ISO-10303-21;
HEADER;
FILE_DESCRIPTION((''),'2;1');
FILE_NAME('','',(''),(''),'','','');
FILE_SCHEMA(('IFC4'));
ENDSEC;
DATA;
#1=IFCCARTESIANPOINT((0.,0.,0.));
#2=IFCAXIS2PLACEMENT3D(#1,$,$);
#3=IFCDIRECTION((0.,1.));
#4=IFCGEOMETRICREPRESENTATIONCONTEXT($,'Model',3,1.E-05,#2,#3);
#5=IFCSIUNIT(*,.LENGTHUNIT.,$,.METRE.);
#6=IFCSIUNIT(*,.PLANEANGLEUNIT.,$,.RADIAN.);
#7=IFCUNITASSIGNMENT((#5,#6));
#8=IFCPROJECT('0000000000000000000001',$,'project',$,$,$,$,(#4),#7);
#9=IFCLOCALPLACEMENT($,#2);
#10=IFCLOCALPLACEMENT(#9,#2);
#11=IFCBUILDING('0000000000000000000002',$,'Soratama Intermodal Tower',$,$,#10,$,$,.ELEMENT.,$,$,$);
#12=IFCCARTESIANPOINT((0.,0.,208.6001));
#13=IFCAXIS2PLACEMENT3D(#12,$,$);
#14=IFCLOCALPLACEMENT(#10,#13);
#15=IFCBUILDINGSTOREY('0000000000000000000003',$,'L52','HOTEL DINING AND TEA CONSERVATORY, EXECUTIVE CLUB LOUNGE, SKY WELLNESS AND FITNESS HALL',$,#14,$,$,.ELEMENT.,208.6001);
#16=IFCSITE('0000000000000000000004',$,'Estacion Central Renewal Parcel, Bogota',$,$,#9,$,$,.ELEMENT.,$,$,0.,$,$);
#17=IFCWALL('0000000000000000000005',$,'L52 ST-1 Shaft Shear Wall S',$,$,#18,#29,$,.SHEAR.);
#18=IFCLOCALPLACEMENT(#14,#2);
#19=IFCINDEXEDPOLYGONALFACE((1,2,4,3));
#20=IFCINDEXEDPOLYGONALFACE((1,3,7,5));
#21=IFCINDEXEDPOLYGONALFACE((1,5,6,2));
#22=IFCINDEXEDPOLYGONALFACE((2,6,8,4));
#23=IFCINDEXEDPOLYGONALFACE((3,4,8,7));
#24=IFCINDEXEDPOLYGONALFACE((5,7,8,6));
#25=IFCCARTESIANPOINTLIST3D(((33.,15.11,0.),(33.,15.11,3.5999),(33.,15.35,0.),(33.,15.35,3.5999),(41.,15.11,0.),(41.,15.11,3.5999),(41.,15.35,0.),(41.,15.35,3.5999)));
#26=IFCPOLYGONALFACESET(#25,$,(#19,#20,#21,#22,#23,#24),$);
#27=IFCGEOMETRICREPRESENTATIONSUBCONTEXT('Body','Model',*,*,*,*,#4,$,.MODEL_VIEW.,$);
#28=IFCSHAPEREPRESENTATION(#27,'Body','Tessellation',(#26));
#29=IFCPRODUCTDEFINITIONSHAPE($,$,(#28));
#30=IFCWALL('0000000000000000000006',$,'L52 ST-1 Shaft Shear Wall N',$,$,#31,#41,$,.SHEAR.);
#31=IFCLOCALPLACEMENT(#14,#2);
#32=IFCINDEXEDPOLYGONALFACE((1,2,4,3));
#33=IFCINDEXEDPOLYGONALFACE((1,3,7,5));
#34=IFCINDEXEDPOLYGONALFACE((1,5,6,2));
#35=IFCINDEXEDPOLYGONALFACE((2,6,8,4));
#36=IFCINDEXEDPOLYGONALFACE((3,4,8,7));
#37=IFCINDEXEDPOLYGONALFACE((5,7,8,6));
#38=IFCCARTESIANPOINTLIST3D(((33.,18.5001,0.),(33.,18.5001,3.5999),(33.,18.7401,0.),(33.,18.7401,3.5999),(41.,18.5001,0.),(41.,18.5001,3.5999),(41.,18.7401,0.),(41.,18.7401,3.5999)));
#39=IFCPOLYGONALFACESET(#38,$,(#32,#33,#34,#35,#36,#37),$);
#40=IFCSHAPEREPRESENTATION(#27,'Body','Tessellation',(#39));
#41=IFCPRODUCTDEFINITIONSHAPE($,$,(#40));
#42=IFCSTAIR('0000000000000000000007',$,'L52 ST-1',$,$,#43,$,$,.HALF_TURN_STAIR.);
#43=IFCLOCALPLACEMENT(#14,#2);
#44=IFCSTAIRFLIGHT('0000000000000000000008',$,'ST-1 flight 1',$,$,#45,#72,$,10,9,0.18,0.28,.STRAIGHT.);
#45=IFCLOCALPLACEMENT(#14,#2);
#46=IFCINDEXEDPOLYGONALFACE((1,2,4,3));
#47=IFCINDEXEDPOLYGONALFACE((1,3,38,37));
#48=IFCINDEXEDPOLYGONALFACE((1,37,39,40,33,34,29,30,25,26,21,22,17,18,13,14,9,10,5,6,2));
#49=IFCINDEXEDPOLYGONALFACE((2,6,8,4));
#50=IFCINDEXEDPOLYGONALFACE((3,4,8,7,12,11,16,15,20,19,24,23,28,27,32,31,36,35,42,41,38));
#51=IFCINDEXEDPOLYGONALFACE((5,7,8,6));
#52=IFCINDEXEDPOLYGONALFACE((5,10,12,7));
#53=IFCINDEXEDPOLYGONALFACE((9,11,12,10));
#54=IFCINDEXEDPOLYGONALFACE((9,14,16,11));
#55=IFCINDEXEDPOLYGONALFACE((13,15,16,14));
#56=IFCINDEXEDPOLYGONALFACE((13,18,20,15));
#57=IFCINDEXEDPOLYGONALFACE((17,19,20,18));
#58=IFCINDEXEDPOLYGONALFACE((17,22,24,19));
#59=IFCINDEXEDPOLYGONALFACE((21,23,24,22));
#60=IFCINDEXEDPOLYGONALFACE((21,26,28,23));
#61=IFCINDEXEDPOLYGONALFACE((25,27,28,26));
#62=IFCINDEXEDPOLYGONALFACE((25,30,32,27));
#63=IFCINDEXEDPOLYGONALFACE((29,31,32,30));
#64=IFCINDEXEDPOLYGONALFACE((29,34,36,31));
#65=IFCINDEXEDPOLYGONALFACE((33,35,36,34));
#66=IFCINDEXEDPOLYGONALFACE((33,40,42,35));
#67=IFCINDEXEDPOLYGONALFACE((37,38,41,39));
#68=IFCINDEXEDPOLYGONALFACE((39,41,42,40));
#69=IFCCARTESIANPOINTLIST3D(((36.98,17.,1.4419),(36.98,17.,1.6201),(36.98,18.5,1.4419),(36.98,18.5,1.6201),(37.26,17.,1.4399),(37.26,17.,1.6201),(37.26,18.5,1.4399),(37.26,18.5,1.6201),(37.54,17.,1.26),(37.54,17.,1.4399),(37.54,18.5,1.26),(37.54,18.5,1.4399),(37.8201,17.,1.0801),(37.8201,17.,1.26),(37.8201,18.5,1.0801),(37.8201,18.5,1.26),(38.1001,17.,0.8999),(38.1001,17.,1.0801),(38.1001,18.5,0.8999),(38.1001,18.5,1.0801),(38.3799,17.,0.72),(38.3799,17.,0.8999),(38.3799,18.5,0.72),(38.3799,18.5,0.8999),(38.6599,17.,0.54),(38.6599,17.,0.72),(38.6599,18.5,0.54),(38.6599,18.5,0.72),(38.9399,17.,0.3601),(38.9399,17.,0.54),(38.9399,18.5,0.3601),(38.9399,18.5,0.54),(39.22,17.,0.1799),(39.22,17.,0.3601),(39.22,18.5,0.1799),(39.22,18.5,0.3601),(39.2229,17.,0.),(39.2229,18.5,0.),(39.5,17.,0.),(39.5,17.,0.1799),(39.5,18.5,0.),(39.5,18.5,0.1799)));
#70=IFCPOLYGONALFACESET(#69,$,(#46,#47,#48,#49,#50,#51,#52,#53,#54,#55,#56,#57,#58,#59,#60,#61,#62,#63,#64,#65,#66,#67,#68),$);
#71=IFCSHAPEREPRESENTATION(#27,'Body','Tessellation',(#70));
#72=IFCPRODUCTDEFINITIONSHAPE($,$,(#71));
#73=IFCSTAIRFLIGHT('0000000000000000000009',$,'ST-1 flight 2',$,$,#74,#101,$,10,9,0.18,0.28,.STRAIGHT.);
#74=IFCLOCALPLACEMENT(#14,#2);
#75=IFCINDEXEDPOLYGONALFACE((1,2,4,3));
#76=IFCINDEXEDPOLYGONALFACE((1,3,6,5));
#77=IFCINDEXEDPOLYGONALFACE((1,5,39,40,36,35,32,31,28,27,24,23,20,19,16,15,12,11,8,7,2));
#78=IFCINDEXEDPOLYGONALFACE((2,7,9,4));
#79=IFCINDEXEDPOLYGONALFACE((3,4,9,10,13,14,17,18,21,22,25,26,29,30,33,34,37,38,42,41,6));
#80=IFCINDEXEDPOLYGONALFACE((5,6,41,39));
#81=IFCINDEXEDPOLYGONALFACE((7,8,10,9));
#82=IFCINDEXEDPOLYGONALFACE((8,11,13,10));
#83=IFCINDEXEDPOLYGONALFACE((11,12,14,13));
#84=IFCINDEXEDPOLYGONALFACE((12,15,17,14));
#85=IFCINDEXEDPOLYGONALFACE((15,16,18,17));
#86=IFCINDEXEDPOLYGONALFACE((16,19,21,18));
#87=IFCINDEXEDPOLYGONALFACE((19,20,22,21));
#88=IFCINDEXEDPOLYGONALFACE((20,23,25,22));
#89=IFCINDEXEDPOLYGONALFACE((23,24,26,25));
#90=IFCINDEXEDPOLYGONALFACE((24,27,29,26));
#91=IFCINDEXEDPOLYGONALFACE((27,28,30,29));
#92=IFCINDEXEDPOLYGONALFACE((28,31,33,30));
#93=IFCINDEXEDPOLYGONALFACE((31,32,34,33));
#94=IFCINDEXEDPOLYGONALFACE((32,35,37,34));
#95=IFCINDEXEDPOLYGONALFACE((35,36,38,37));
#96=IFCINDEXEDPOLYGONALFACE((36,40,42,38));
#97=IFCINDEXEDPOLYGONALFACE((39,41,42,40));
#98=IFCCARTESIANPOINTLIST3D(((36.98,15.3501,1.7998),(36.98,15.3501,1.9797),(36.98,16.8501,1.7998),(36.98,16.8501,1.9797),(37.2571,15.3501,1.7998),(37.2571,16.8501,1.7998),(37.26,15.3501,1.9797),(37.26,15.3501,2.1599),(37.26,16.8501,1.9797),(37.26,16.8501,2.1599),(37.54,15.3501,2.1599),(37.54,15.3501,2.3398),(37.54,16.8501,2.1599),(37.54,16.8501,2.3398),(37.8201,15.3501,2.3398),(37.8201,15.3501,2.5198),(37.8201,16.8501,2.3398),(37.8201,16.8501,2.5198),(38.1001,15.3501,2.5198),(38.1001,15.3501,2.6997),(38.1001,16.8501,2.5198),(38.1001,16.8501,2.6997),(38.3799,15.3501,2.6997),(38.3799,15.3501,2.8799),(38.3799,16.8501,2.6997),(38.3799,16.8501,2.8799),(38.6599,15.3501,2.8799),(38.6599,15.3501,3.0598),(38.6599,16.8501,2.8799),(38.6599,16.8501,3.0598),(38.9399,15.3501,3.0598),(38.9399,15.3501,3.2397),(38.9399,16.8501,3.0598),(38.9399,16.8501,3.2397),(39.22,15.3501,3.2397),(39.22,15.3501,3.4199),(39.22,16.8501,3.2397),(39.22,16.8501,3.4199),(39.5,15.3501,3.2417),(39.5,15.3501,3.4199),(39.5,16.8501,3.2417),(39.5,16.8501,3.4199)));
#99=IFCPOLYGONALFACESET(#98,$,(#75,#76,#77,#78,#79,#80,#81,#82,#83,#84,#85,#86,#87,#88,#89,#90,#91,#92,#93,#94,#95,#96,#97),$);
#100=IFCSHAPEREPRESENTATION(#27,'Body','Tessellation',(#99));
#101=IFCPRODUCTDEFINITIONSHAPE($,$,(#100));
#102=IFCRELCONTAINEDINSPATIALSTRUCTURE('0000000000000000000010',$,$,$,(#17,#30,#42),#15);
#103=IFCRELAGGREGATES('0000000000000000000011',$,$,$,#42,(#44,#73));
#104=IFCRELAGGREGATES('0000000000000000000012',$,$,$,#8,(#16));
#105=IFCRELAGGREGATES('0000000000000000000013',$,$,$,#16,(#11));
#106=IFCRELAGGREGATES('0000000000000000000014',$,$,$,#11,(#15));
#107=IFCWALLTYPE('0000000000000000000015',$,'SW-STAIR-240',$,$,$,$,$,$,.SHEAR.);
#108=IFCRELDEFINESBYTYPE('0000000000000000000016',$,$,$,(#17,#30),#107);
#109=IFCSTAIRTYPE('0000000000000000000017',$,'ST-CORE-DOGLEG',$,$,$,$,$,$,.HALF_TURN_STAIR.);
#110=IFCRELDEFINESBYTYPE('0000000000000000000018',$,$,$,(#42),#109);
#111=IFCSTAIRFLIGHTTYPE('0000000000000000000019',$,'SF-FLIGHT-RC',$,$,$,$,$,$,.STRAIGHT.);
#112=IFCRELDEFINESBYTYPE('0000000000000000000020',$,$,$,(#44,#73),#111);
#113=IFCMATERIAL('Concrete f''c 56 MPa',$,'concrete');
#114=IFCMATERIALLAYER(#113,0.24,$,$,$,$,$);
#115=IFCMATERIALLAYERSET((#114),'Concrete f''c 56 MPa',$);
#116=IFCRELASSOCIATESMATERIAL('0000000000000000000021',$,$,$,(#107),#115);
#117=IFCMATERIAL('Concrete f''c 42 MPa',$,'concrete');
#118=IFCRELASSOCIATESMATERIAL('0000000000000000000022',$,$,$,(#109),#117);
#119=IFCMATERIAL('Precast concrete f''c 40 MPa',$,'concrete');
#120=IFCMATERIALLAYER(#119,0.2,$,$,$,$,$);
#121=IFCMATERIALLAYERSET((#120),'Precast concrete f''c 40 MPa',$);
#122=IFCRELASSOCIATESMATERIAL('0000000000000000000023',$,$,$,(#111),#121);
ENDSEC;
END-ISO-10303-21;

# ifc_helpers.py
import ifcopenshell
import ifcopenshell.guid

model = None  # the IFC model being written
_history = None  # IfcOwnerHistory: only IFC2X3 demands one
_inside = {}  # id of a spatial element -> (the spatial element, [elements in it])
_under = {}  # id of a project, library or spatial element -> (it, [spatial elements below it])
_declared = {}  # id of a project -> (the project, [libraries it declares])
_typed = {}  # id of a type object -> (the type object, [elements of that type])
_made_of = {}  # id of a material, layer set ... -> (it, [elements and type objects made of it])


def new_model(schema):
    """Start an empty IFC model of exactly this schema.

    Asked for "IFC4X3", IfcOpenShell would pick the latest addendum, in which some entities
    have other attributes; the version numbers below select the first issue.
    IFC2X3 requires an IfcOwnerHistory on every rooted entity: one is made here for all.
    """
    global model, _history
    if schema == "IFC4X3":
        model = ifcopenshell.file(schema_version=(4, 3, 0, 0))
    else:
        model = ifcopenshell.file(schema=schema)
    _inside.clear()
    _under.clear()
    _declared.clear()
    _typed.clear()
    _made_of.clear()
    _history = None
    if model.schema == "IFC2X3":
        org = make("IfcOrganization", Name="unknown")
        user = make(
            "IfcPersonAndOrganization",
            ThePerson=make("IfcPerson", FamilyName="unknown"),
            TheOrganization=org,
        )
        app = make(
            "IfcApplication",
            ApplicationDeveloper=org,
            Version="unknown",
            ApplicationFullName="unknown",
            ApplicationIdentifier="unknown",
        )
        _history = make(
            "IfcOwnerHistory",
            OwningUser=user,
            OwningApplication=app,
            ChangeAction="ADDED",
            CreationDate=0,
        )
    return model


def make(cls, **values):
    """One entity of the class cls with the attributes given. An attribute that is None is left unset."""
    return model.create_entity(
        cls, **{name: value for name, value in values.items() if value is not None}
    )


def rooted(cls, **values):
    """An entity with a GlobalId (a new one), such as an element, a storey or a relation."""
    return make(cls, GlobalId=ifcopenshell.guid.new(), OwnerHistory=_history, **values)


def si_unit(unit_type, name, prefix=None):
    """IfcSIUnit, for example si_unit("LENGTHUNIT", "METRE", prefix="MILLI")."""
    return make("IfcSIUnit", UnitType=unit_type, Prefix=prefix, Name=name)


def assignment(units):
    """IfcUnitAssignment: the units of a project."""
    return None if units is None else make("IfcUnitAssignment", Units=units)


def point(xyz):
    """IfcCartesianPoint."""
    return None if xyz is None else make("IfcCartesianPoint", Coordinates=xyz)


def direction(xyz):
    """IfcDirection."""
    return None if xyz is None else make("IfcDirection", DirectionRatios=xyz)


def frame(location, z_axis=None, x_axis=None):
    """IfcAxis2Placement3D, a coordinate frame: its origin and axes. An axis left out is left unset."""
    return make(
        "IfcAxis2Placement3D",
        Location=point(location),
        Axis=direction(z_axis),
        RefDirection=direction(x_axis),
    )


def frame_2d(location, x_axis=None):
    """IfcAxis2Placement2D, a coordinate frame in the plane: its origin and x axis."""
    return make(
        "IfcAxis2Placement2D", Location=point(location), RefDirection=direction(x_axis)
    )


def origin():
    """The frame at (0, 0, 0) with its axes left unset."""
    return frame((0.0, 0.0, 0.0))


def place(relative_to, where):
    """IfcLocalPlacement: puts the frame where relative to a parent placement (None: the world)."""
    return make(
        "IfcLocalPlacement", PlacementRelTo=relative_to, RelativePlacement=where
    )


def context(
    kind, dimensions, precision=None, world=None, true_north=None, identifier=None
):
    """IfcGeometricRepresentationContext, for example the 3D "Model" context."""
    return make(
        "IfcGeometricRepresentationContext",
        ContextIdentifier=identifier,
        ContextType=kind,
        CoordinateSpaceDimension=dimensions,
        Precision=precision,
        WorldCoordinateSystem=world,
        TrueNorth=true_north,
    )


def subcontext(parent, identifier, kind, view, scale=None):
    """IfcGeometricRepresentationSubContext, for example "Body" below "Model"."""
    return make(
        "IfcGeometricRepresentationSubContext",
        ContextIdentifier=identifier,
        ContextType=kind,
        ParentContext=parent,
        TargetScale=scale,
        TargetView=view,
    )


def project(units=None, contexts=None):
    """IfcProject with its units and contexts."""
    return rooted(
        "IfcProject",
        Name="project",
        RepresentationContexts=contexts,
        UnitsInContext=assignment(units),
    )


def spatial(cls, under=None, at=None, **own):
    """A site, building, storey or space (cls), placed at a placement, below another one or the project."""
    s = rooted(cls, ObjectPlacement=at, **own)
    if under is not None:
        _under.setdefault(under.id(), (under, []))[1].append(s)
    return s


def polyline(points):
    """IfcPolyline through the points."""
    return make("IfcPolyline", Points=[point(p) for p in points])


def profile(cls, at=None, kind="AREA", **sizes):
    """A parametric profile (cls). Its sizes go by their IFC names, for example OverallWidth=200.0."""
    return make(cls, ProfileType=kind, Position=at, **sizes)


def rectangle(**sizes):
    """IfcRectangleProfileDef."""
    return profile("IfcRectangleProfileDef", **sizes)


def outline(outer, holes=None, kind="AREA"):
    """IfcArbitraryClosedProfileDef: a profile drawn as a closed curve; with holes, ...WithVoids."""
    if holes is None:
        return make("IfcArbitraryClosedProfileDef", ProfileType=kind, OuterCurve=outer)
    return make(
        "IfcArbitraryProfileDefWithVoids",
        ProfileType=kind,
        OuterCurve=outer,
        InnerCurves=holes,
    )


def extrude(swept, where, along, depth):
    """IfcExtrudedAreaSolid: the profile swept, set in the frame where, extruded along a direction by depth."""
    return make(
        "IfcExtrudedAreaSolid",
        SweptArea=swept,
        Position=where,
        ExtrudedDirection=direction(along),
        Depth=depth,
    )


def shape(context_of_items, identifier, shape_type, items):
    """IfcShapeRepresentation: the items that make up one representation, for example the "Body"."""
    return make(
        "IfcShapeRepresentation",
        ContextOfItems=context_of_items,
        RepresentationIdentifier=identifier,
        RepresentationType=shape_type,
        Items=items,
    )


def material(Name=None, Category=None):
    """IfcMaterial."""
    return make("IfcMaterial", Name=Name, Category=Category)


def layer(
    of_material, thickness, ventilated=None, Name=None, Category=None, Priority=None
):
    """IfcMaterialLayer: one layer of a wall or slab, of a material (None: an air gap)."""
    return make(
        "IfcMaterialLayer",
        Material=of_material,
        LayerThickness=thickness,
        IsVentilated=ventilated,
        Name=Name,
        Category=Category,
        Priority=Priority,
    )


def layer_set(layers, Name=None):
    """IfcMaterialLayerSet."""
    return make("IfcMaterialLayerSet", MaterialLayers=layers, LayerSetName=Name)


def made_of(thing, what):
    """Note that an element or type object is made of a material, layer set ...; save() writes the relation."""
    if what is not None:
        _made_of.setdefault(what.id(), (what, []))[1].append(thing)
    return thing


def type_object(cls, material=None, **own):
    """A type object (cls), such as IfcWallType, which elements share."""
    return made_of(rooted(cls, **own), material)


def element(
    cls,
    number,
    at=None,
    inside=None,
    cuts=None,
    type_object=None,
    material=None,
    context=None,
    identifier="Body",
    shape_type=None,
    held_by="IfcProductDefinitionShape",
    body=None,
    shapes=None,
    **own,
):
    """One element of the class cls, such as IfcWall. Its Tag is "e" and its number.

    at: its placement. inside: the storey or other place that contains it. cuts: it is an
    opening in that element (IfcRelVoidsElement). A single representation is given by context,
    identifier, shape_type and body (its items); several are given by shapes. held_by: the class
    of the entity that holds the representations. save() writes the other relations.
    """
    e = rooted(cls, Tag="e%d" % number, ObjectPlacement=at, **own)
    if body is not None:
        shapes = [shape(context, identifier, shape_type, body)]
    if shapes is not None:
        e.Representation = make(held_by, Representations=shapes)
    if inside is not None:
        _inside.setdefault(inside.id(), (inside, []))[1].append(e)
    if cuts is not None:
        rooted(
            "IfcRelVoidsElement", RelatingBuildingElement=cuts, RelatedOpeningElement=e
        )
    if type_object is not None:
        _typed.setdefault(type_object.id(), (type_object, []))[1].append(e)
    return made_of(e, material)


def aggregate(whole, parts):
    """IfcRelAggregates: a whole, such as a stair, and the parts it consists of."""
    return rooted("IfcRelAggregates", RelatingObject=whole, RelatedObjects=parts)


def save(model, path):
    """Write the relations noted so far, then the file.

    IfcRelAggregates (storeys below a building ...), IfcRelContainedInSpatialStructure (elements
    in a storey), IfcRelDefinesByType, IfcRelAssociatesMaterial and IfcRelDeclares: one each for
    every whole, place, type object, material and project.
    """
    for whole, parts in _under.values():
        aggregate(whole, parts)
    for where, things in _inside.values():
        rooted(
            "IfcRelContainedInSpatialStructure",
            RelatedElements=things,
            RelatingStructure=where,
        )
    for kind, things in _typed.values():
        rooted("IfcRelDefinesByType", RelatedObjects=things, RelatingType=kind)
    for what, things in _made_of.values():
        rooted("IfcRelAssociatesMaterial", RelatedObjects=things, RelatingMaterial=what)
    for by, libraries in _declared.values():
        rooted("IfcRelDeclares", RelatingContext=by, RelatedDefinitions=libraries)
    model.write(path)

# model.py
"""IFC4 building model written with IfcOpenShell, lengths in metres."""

from ifc_helpers import new_model, si_unit, direction, frame, frame_2d, origin, place, context, subcontext, project, spatial, polyline, rectangle, outline, extrude, material, layer, layer_set, type_object, element, aggregate, save


model = new_model("IFC4")

# Units and contexts
model_context = context("Model", 3, precision=1e-05, world=origin(), true_north=direction((0.0, 1.0)))
body_context = subcontext(model_context, "Body", "Model", "MODEL_VIEW")
ifc_project = project(units=[si_unit("LENGTHUNIT", "METRE"), si_unit("PLANEANGLEUNIT", "RADIAN")], contexts=[model_context])

# Site, building, storey
site_placement = place(None, origin())
site = spatial("IfcSite", under=ifc_project, at=site_placement, Name="Estacion Central Renewal Parcel, Bogota", CompositionType="ELEMENT", RefElevation=0.0)
building_placement = place(site_placement, origin())
building = spatial("IfcBuilding", under=site, at=building_placement, Name="Soratama Intermodal Tower", CompositionType="ELEMENT")
storey_placement = place(building_placement, frame((0.0, 0.0, 208.6001)))
storey = spatial("IfcBuildingStorey", under=building, at=storey_placement, Name="L52", Description="HOTEL DINING AND TEA CONSERVATORY, EXECUTIVE CLUB LOUNGE, SKY WELLNESS AND FITNESS HALL", CompositionType="ELEMENT", Elevation=208.6001)

# Walls
ifc_material_1 = material(Name="Concrete f'c 56 MPa", Category="concrete")
ifc_layer_1 = layer(ifc_material_1, 0.24)
ifc_layer_set_1 = layer_set([ifc_layer_1], Name="Concrete f'c 56 MPa")
wall_type_1 = type_object("IfcWallType", Name="SW-STAIR-240", PredefinedType="SHEAR", material=ifc_layer_set_1)
for number, where, z_axis, x_axis, name in (
    (1, (33.0, 15.23, 0.0), (0.0, 0.0, 1.0), (1.0, 0.0, 0.0), "L52 ST-1 Shaft Shear Wall S"),
    (2, (33.0, 18.6201, 0.0), (0.0, 0.0, 1.0), (1.0, 0.0, 0.0), "L52 ST-1 Shaft Shear Wall N"),
):
    element("IfcWall", number, at=place(storey_placement, frame(where, z_axis=z_axis, x_axis=x_axis)), inside=storey, type_object=wall_type_1, Name=name, PredefinedType="SHEAR", context=body_context, shape_type="SweptSolid", body=[
        extrude(rectangle(XDim=8.0, YDim=0.24, at=frame_2d((4.0, 0.0))), origin(), (0.0, 0.0, 1.0), 3.5999),
    ])

# Stair, stair flights
ifc_material_2 = material(Name="Concrete f'c 42 MPa", Category="concrete")
stair_type = type_object("IfcStairType", Name="ST-CORE-DOGLEG", PredefinedType="HALF_TURN_STAIR", material=ifc_material_2)
stair_placement = place(storey_placement, origin())
stair = element("IfcStair", 3, at=stair_placement, inside=storey, type_object=stair_type, Name="L52 ST-1", PredefinedType="HALF_TURN_STAIR")
ifc_material_3 = material(Name="Precast concrete f'c 40 MPa", Category="concrete")
ifc_layer_2 = layer(ifc_material_3, 0.2)
ifc_layer_set_2 = layer_set([ifc_layer_2], Name="Precast concrete f'c 40 MPa")
stair_flight_type = type_object("IfcStairFlightType", Name="SF-FLIGHT-RC", PredefinedType="STRAIGHT", material=ifc_layer_set_2)
stair_flight_1_placement = place(storey_placement, frame((39.5, 17.75, 0.0), z_axis=(0.0, 0.0, 1.0), x_axis=(-1.0, 0.0, 0.0)))
stair_flight_1 = element("IfcStairFlight", 4, at=stair_flight_1_placement, type_object=stair_flight_type, Name="ST-1 flight 1", NumberOfRisers=10, NumberOfTreads=9, PredefinedType="STRAIGHT", RiserHeight=0.18, TreadLength=0.28, context=body_context, shape_type="SweptSolid", body=[
    extrude(outline(polyline([(0.0, 0.0), (0.0, 0.1799), (0.28, 0.1799), (0.28, 0.3601), (0.5601, 0.3601), (0.5601, 0.54), (0.8401, 0.54), (0.8401, 0.72), (1.1201, 0.72), (1.1201, 0.8999), (1.3999, 0.8999), (1.3999, 1.0801), (1.6799, 1.0801), (1.6799, 1.26), (1.96, 1.26), (1.96, 1.4399), (2.24, 1.4399), (2.24, 1.6201), (2.52, 1.6201), (2.52, 1.8), (2.52, 1.4419), (0.2771, 0.0), (0.0, 0.0)])), frame((0.0, 0.75, 0.0), z_axis=(0.0, -1.0, 0.0), x_axis=(1.0, 0.0, 0.0)), (0.0, 0.0, 1.0), 1.5),
])
stair_flight_2_placement = place(storey_placement, frame((36.98, 16.1001, 1.7998), z_axis=(0.0, 0.0, 1.0), x_axis=(1.0, 0.0, 0.0)))
stair_flight_2 = element("IfcStairFlight", 5, at=stair_flight_2_placement, type_object=stair_flight_type, Name="ST-1 flight 2", NumberOfRisers=10, NumberOfTreads=9, PredefinedType="STRAIGHT", RiserHeight=0.18, TreadLength=0.28, context=body_context, shape_type="SweptSolid", body=[
    extrude(outline(polyline([(0.0, 0.0), (0.0, 0.1799), (0.28, 0.1799), (0.28, 0.3601), (0.5601, 0.3601), (0.5601, 0.54), (0.8401, 0.54), (0.8401, 0.72), (1.1201, 0.72), (1.1201, 0.8999), (1.3999, 0.8999), (1.3999, 1.0801), (1.6799, 1.0801), (1.6799, 1.26), (1.96, 1.26), (1.96, 1.4399), (2.24, 1.4399), (2.24, 1.6201), (2.52, 1.6201), (2.52, 1.8), (2.52, 1.4419), (0.2771, 0.0), (0.0, 0.0)])), frame((0.0, 0.75, 0.0), z_axis=(0.0, -1.0, 0.0), x_axis=(1.0, 0.0, 0.0)), (0.0, 0.0, 1.0), 1.5),
])
aggregate(stair, [stair_flight_1, stair_flight_2])

save(model, "model.ifc")
